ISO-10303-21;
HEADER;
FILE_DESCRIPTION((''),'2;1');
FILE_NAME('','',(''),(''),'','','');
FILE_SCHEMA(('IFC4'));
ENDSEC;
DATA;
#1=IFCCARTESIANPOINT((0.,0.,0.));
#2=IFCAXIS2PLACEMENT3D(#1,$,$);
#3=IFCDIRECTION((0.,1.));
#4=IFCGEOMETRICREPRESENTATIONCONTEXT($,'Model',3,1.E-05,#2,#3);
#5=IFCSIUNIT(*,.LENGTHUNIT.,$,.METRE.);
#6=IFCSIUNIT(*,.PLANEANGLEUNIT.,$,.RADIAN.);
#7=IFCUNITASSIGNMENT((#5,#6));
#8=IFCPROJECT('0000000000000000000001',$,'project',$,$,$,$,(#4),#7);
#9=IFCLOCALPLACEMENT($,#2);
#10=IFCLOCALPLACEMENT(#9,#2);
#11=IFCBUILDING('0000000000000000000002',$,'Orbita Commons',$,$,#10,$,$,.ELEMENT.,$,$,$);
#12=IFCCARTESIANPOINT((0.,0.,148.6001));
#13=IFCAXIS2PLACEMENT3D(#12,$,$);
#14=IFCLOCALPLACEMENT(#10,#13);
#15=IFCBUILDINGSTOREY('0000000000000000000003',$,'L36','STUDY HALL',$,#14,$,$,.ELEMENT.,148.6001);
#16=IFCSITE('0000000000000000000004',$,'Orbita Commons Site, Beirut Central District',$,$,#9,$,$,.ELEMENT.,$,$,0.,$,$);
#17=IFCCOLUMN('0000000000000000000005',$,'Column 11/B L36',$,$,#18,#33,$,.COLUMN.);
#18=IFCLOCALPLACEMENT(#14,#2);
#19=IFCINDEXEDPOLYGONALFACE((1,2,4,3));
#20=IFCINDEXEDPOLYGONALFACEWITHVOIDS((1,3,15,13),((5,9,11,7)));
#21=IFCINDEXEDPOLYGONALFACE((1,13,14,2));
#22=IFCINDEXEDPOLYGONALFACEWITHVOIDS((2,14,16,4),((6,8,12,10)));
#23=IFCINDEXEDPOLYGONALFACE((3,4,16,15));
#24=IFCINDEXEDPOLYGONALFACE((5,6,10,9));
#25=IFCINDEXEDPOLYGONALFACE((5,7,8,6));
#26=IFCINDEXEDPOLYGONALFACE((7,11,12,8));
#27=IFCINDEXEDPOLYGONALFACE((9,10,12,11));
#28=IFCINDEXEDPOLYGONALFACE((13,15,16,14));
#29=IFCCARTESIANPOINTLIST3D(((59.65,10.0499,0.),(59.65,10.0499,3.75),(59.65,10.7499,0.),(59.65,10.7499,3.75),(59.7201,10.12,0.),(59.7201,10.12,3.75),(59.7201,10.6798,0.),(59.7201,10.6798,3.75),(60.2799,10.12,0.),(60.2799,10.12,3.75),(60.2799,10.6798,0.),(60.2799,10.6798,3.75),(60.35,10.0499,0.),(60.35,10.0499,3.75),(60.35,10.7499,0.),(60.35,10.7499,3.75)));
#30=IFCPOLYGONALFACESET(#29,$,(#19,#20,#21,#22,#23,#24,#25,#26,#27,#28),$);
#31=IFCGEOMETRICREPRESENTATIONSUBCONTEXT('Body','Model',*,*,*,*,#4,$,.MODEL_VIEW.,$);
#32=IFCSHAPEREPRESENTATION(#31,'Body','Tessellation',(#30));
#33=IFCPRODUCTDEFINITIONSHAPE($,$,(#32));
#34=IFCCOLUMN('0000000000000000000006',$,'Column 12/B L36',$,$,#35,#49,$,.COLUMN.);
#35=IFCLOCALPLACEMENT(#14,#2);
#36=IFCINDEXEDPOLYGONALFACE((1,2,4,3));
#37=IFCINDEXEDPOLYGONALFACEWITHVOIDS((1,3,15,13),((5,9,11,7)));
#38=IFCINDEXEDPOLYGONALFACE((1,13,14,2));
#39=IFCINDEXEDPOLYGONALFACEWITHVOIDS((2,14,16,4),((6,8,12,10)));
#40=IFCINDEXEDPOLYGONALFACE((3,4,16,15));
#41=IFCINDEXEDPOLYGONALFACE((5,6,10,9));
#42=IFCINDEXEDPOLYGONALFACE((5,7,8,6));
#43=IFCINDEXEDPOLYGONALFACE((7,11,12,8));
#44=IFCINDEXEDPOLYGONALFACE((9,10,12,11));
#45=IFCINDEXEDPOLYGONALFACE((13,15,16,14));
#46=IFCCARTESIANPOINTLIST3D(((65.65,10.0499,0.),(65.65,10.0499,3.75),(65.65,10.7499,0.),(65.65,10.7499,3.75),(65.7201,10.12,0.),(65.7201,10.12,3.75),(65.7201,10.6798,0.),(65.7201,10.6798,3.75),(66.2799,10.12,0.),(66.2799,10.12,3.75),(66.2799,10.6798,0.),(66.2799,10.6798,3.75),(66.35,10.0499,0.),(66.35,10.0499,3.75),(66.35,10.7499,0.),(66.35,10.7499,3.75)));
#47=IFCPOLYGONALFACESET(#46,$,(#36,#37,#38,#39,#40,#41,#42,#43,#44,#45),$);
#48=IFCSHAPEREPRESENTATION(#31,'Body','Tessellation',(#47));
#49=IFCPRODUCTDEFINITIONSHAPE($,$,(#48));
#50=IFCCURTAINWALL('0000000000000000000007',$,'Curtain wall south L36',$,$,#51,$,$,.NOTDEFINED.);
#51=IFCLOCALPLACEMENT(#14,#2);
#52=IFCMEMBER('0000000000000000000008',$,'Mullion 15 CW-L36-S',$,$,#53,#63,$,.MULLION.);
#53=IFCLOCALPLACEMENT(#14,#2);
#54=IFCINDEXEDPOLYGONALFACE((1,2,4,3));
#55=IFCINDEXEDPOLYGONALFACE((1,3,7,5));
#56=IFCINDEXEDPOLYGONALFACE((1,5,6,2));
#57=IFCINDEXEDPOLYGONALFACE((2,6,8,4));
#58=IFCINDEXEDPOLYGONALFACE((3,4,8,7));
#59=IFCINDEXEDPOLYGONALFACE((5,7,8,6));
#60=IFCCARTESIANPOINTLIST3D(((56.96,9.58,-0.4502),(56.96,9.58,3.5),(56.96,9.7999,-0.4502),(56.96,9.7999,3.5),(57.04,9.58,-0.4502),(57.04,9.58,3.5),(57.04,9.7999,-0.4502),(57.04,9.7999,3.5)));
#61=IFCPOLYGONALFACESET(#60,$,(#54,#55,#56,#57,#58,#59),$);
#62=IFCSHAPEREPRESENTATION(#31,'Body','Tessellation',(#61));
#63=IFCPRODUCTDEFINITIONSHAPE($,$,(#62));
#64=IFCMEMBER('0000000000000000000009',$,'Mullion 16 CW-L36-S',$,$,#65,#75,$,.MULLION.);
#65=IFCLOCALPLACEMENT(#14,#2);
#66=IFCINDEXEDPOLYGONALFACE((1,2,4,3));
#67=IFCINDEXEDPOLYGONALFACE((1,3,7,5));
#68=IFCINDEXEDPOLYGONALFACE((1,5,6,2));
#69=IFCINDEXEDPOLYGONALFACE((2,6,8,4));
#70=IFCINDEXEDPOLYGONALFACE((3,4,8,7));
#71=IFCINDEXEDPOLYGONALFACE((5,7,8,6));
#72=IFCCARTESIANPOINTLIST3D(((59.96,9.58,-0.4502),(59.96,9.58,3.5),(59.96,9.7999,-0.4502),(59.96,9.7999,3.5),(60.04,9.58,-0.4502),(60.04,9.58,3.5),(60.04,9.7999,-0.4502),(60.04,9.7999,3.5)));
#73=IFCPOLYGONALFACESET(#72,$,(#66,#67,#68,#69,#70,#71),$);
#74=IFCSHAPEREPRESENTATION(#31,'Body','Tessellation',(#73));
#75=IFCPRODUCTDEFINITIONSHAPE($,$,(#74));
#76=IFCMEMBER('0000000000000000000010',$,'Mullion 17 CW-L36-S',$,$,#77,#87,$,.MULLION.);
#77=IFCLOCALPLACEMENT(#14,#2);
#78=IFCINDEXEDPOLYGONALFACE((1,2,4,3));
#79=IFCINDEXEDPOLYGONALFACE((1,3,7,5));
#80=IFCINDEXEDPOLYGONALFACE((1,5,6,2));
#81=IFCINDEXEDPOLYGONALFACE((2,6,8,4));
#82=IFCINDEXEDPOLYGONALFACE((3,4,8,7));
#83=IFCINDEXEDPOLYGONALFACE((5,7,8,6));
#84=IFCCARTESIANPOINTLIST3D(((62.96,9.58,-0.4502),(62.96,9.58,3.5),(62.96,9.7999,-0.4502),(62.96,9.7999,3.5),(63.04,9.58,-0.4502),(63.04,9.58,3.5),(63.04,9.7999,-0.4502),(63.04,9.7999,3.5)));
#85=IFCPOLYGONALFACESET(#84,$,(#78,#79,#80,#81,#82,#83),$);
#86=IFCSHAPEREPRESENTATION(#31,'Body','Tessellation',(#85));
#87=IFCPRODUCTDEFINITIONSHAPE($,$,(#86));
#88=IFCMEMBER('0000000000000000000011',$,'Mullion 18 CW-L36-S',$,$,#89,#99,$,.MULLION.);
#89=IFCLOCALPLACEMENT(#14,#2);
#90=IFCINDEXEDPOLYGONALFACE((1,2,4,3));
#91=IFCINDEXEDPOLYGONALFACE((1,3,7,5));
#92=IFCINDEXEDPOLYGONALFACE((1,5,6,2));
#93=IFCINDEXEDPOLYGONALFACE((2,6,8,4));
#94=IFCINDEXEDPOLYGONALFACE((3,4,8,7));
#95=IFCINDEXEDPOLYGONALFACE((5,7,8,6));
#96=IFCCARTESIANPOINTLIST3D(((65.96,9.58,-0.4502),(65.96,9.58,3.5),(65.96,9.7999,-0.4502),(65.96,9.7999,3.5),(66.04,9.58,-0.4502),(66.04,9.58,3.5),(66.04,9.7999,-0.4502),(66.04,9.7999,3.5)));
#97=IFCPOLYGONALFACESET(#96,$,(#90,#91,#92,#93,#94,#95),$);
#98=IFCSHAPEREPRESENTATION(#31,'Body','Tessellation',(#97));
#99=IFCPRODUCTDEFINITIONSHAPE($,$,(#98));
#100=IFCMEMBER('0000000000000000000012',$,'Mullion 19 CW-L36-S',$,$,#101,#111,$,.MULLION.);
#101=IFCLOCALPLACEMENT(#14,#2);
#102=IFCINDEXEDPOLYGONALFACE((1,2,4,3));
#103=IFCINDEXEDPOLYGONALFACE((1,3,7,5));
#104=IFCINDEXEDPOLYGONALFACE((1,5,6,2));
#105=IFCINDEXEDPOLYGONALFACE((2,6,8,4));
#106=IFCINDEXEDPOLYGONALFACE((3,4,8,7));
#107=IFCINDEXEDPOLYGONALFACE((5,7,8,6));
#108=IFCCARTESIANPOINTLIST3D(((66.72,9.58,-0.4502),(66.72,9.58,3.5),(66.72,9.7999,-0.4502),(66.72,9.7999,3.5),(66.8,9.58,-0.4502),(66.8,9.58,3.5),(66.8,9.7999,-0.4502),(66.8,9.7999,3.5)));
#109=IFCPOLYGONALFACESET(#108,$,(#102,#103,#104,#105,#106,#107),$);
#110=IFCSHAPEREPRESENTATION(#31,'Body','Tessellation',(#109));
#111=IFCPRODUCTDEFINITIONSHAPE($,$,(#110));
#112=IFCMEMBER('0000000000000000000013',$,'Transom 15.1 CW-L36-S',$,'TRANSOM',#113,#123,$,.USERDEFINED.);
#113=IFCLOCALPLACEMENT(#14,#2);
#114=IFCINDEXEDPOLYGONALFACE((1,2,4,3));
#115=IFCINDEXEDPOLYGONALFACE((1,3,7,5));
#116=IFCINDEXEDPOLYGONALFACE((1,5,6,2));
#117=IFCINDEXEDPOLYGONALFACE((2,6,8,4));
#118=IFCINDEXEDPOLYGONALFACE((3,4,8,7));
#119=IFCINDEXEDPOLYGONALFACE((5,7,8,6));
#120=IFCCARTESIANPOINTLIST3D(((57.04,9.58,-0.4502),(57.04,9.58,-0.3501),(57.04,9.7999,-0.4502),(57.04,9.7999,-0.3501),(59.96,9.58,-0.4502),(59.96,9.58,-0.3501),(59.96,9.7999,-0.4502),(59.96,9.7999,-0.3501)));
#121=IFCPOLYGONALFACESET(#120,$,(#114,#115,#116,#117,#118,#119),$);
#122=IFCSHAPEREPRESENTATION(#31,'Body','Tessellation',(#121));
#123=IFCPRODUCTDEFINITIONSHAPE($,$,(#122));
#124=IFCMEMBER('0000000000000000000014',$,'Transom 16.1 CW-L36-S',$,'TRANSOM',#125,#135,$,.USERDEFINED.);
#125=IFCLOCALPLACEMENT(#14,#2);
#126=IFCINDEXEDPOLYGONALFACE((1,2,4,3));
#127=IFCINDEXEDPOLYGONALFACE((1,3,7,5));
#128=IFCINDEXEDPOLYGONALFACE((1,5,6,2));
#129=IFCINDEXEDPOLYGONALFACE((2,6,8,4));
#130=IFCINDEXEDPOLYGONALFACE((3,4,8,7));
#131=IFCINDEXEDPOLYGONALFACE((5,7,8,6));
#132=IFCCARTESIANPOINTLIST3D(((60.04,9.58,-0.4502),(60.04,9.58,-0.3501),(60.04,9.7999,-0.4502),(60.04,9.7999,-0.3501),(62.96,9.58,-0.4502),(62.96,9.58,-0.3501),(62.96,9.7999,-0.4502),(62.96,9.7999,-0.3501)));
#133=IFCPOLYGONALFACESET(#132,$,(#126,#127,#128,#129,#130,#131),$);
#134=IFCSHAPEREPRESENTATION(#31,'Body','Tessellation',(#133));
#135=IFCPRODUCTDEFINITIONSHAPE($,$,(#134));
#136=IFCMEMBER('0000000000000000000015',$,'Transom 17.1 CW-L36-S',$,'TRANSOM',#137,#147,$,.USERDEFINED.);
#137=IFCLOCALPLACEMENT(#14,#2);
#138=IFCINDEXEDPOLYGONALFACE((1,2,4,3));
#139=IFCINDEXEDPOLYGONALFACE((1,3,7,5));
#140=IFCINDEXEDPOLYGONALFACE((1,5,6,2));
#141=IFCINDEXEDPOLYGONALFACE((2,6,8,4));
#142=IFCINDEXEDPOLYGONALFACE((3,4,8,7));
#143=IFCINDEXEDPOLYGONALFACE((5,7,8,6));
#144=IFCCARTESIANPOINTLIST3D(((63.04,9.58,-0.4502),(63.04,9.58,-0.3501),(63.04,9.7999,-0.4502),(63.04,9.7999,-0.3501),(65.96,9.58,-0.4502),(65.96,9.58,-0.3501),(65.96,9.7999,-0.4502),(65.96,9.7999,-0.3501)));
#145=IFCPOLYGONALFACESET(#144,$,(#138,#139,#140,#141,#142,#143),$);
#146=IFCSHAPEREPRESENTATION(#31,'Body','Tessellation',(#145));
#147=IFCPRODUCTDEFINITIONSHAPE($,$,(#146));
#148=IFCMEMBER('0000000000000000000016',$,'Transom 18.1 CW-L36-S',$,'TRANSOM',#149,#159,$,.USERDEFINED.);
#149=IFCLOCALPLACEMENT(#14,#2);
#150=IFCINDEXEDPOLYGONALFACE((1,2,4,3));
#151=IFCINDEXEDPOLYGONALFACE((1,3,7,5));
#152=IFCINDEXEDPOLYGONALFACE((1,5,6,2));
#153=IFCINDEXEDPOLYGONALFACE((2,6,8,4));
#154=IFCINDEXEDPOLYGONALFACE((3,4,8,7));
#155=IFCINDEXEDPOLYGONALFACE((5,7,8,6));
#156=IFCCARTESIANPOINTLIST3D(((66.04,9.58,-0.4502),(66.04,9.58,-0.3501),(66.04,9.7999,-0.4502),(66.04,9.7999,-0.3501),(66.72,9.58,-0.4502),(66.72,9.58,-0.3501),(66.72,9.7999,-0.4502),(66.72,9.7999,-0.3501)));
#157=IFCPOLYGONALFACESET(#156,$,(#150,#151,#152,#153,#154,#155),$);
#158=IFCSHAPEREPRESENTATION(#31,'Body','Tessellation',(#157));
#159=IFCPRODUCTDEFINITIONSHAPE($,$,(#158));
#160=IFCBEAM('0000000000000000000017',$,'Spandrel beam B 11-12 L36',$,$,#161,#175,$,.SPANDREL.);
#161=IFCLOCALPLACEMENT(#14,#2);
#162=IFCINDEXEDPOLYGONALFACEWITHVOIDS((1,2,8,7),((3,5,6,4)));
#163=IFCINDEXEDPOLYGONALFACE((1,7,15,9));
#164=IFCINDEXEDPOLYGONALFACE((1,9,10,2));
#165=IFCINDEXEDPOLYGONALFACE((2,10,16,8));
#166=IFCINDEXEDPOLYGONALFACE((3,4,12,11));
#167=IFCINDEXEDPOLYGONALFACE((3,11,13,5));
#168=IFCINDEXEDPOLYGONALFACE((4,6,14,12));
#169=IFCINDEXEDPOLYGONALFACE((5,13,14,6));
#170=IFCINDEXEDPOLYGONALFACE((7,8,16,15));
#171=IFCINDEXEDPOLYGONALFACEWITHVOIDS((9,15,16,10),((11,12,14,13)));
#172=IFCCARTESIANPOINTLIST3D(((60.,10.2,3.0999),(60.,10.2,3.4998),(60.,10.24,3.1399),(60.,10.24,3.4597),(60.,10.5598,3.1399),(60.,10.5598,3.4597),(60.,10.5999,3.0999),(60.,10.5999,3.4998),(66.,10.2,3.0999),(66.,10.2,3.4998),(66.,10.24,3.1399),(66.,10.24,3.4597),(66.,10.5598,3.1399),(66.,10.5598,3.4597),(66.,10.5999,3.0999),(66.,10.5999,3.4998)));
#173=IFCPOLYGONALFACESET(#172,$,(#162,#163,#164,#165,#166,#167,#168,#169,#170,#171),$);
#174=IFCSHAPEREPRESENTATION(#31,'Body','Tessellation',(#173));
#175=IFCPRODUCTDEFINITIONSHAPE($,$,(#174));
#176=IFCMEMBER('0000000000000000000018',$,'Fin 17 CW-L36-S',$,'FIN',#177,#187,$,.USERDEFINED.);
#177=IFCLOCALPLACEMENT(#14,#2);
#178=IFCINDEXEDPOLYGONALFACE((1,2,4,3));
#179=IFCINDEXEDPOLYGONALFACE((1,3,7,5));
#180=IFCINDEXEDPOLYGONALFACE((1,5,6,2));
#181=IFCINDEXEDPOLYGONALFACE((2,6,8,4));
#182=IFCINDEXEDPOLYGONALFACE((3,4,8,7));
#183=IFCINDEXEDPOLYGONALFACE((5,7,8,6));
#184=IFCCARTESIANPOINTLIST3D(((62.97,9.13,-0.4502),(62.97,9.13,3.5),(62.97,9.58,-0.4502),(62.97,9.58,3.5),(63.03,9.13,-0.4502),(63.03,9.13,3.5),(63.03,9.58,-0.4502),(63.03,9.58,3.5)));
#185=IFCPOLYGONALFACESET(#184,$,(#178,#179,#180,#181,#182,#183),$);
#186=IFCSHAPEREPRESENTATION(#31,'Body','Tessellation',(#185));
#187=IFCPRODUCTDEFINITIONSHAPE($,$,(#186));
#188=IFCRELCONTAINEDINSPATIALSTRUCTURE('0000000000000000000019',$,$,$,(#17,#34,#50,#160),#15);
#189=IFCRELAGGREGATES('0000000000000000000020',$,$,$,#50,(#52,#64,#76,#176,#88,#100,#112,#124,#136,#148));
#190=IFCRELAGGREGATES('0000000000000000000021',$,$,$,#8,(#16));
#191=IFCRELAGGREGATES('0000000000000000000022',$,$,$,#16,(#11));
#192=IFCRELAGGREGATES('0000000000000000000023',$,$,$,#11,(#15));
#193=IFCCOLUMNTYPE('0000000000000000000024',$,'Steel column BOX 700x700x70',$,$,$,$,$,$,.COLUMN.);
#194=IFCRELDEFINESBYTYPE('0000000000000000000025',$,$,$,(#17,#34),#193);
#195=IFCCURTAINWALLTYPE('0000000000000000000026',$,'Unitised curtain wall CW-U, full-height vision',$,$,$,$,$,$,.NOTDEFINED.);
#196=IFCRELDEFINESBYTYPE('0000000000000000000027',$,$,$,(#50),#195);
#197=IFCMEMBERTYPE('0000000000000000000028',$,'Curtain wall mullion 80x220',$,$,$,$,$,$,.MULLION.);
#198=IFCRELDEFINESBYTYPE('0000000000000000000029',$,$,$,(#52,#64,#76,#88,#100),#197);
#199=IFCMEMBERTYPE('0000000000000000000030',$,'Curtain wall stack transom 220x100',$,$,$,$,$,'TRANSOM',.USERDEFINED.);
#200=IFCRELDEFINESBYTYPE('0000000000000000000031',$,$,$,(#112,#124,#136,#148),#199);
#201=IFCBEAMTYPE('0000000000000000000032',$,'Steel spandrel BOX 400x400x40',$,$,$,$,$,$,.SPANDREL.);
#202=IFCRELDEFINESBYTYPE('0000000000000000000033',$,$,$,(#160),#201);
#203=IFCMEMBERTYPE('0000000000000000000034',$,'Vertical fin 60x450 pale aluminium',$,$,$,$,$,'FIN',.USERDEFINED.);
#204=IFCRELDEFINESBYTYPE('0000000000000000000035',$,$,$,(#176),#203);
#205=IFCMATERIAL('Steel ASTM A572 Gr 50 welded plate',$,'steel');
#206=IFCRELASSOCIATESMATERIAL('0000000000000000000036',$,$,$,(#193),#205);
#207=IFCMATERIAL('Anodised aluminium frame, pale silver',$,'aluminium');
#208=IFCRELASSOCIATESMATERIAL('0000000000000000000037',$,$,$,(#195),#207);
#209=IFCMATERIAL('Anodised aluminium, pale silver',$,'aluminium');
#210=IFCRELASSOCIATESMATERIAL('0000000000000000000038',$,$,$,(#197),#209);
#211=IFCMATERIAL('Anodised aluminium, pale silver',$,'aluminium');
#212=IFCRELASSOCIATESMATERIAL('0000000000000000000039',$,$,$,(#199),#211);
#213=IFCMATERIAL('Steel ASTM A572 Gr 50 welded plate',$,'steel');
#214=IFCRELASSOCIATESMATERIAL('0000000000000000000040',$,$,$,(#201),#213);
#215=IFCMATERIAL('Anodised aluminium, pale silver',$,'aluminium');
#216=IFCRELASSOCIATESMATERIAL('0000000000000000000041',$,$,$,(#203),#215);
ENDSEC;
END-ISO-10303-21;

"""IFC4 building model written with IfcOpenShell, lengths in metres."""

from ifc_helpers import new_model, si_unit, direction, frame, origin, origin_2d, place, context, subcontext, project, spatial, rectangle, hollow_rectangle, extrude, material, material_profile, profile_set, type_object, element, aggregate, save


model = new_model("IFC4")

# Units and contexts
model_context = context("Model", 3, precision=1e-05, world=origin(), true_north=direction((0.0, 1.0)))
body_context = subcontext(model_context, "Body", "Model", "MODEL_VIEW")
ifc_project = project(units=[si_unit("LENGTHUNIT", "METRE"), si_unit("PLANEANGLEUNIT", "RADIAN")], contexts=[model_context])

# Site, building, storey
site_placement = place(None, origin())
site = spatial("IfcSite", under=ifc_project, at=site_placement, Name="Orbita Commons Site, Beirut Central District", CompositionType="ELEMENT", RefElevation=0.0)
building_placement = place(site_placement, origin())
building = spatial("IfcBuilding", under=site, at=building_placement, Name="Orbita Commons", CompositionType="ELEMENT")
storey_placement = place(building_placement, frame((0.0, 0.0, 148.6001)))
storey = spatial("IfcBuildingStorey", under=building, at=storey_placement, Name="L36", Description="STUDY HALL", CompositionType="ELEMENT", Elevation=148.6001)

# Columns
ifc_material_1 = material(Name="Steel ASTM A572 Gr 50 welded plate", Category="steel")
ifc_material_profile_1 = material_profile(ifc_material_1, hollow_rectangle(XDim=0.7, YDim=0.7, WallThickness=0.0701, at=origin_2d()), Name="BOX 700x700x70")
ifc_profile_set_1 = profile_set([ifc_material_profile_1], Name="Steel ASTM A572 Gr 50 welded plate")
column_type = type_object("IfcColumnType", Name="Steel column BOX 700x700x70", PredefinedType="COLUMN", material=ifc_profile_set_1)
for number, where, z_axis, x_axis, name in (
    (1, (60.0, 10.3999, 0.0), (0.0, 0.0, 1.0), (1.0, 0.0, 0.0), "Column 11/B L36"),
    (2, (66.0, 10.3999, 0.0), (0.0, 0.0, 1.0), (1.0, 0.0, 0.0), "Column 12/B L36"),
):
    element("IfcColumn", number, at=place(storey_placement, frame(where, z_axis=z_axis, x_axis=x_axis)), inside=storey, type_object=column_type, Name=name, PredefinedType="COLUMN", context=body_context, shape_type="SweptSolid", body=[
        extrude(hollow_rectangle(XDim=0.7, YDim=0.7, WallThickness=0.0701, at=origin_2d()), origin(), (0.0, 0.0, 1.0), 3.75),
    ])

# Curtain wall, members
ifc_material_2 = material(Name="Anodised aluminium frame, pale silver", Category="aluminium")
curtain_wall_type = type_object("IfcCurtainWallType", Name="Unitised curtain wall CW-U, full-height vision", PredefinedType="NOTDEFINED", material=ifc_material_2)
curtain_wall_placement = place(storey_placement, origin())
curtain_wall = element("IfcCurtainWall", 3, at=curtain_wall_placement, inside=storey, type_object=curtain_wall_type, Name="Curtain wall south L36", PredefinedType="NOTDEFINED")
ifc_material_3 = material(Name="Anodised aluminium, pale silver", Category="aluminium")
ifc_material_profile_2 = material_profile(ifc_material_3, rectangle(XDim=0.0801, YDim=0.22, at=origin_2d()), Name="AL 80x220")
ifc_profile_set_2 = profile_set([ifc_material_profile_2], Name="Anodised aluminium, pale silver")
member_type_1 = type_object("IfcMemberType", Name="Curtain wall mullion 80x220", PredefinedType="MULLION", material=ifc_profile_set_2)
member_1_placement = place(storey_placement, frame((57.0, 9.6899, -0.4502), z_axis=(0.0, 0.0, 1.0), x_axis=(1.0, 0.0, 0.0)))
member_1 = element("IfcMember", 4, at=member_1_placement, type_object=member_type_1, Name="Mullion 15 CW-L36-S", PredefinedType="MULLION", context=body_context, shape_type="SweptSolid", body=[
    extrude(rectangle(XDim=0.0801, YDim=0.22, at=origin_2d()), origin(), (0.0, 0.0, 1.0), 3.9502),
])
member_2_placement = place(storey_placement, frame((60.0, 9.6899, -0.4502), z_axis=(0.0, 0.0, 1.0), x_axis=(1.0, 0.0, 0.0)))
member_2 = element("IfcMember", 5, at=member_2_placement, type_object=member_type_1, Name="Mullion 16 CW-L36-S", PredefinedType="MULLION", context=body_context, shape_type="SweptSolid", body=[
    extrude(rectangle(XDim=0.0801, YDim=0.22, at=origin_2d()), origin(), (0.0, 0.0, 1.0), 3.9502),
])
member_3_placement = place(storey_placement, frame((63.0, 9.6899, -0.4502), z_axis=(0.0, 0.0, 1.0), x_axis=(1.0, 0.0, 0.0)))
member_3 = element("IfcMember", 6, at=member_3_placement, type_object=member_type_1, Name="Mullion 17 CW-L36-S", PredefinedType="MULLION", context=body_context, shape_type="SweptSolid", body=[
    extrude(rectangle(XDim=0.0801, YDim=0.22, at=origin_2d()), origin(), (0.0, 0.0, 1.0), 3.9502),
])
member_4_placement = place(storey_placement, frame((66.0, 9.6899, -0.4502), z_axis=(0.0, 0.0, 1.0), x_axis=(1.0, 0.0, 0.0)))
member_4 = element("IfcMember", 7, at=member_4_placement, type_object=member_type_1, Name="Mullion 18 CW-L36-S", PredefinedType="MULLION", context=body_context, shape_type="SweptSolid", body=[
    extrude(rectangle(XDim=0.0801, YDim=0.22, at=origin_2d()), origin(), (0.0, 0.0, 1.0), 3.9502),
])
member_5_placement = place(storey_placement, frame((66.76, 9.6899, -0.4502), z_axis=(0.0, 0.0, 1.0), x_axis=(1.0, 0.0, 0.0)))
member_5 = element("IfcMember", 8, at=member_5_placement, type_object=member_type_1, Name="Mullion 19 CW-L36-S", PredefinedType="MULLION", context=body_context, shape_type="SweptSolid", body=[
    extrude(rectangle(XDim=0.0801, YDim=0.22, at=origin_2d()), origin(), (0.0, 0.0, 1.0), 3.9502),
])
ifc_material_4 = material(Name="Anodised aluminium, pale silver", Category="aluminium")
ifc_material_profile_3 = material_profile(ifc_material_4, rectangle(XDim=0.22, YDim=0.1001, at=origin_2d()), Name="AL 220x100")
ifc_profile_set_3 = profile_set([ifc_material_profile_3], Name="Anodised aluminium, pale silver")
member_type_2 = type_object("IfcMemberType", Name="Curtain wall stack transom 220x100", ElementType="TRANSOM", PredefinedType="USERDEFINED", material=ifc_profile_set_3)
member_6_placement = place(storey_placement, frame((57.04, 9.6899, -0.4001), z_axis=(1.0, 0.0, 0.0), x_axis=(0.0, 1.0, 0.0)))
member_6 = element("IfcMember", 9, at=member_6_placement, type_object=member_type_2, Name="Transom 15.1 CW-L36-S", ObjectType="TRANSOM", PredefinedType="USERDEFINED", context=body_context, shape_type="SweptSolid", body=[
    extrude(rectangle(XDim=0.22, YDim=0.1001, at=origin_2d()), origin(), (0.0, 0.0, 1.0), 2.9199),
])
member_7_placement = place(storey_placement, frame((60.04, 9.6899, -0.4001), z_axis=(1.0, 0.0, 0.0), x_axis=(0.0, 1.0, 0.0)))
member_7 = element("IfcMember", 10, at=member_7_placement, type_object=member_type_2, Name="Transom 16.1 CW-L36-S", ObjectType="TRANSOM", PredefinedType="USERDEFINED", context=body_context, shape_type="SweptSolid", body=[
    extrude(rectangle(XDim=0.22, YDim=0.1001, at=origin_2d()), origin(), (0.0, 0.0, 1.0), 2.9199),
])
member_8_placement = place(storey_placement, frame((63.04, 9.6899, -0.4001), z_axis=(1.0, 0.0, 0.0), x_axis=(0.0, 1.0, 0.0)))
member_8 = element("IfcMember", 11, at=member_8_placement, type_object=member_type_2, Name="Transom 17.1 CW-L36-S", ObjectType="TRANSOM", PredefinedType="USERDEFINED", context=body_context, shape_type="SweptSolid", body=[
    extrude(rectangle(XDim=0.22, YDim=0.1001, at=origin_2d()), origin(), (0.0, 0.0, 1.0), 2.9199),
])
member_9_placement = place(storey_placement, frame((66.04, 9.6899, -0.4001), z_axis=(1.0, 0.0, 0.0), x_axis=(0.0, 1.0, 0.0)))
member_9 = element("IfcMember", 12, at=member_9_placement, type_object=member_type_2, Name="Transom 18.1 CW-L36-S", ObjectType="TRANSOM", PredefinedType="USERDEFINED", context=body_context, shape_type="SweptSolid", body=[
    extrude(rectangle(XDim=0.22, YDim=0.1001, at=origin_2d()), origin(), (0.0, 0.0, 1.0), 0.6799),
])

# Beam
ifc_material_5 = material(Name="Steel ASTM A572 Gr 50 welded plate", Category="steel")
ifc_material_profile_4 = material_profile(ifc_material_5, hollow_rectangle(XDim=0.3999, YDim=0.3999, WallThickness=0.04, at=origin_2d()), Name="BOX 400x400x40")
ifc_profile_set_4 = profile_set([ifc_material_profile_4], Name="Steel ASTM A572 Gr 50 welded plate")
beam_type = type_object("IfcBeamType", Name="Steel spandrel BOX 400x400x40", PredefinedType="SPANDREL", material=ifc_profile_set_4)
beam_placement = place(storey_placement, frame((60.0, 10.3999, 3.2998), z_axis=(1.0, 0.0, 0.0), x_axis=(0.0, 1.0, 0.0)))
element("IfcBeam", 13, at=beam_placement, inside=storey, type_object=beam_type, Name="Spandrel beam B 11-12 L36", PredefinedType="SPANDREL", context=body_context, shape_type="SweptSolid", body=[
    extrude(hollow_rectangle(XDim=0.3999, YDim=0.3999, WallThickness=0.04, at=origin_2d()), origin(), (0.0, 0.0, 1.0), 6.0),
])

# Member
ifc_material_6 = material(Name="Anodised aluminium, pale silver", Category="aluminium")
ifc_material_profile_5 = material_profile(ifc_material_6, rectangle(XDim=0.0601, YDim=0.45, at=origin_2d()), Name="FIN 60x450")
ifc_profile_set_5 = profile_set([ifc_material_profile_5], Name="Anodised aluminium, pale silver")
member_type_3 = type_object("IfcMemberType", Name="Vertical fin 60x450 pale aluminium", ElementType="FIN", PredefinedType="USERDEFINED", material=ifc_profile_set_5)
member_10_placement = place(storey_placement, frame((63.0, 9.355, -0.4502), z_axis=(0.0, 0.0, 1.0), x_axis=(1.0, 0.0, 0.0)))
member_10 = element("IfcMember", 14, at=member_10_placement, type_object=member_type_3, Name="Fin 17 CW-L36-S", ObjectType="FIN", PredefinedType="USERDEFINED", context=body_context, shape_type="SweptSolid", body=[
    extrude(rectangle(XDim=0.0601, YDim=0.45, at=origin_2d()), origin(), (0.0, 0.0, 1.0), 3.9502),
])

aggregate(curtain_wall, [member_1, member_2, member_3, member_10, member_4, member_5, member_6, member_7, member_8, member_9])

save(model, "model.ifc")
